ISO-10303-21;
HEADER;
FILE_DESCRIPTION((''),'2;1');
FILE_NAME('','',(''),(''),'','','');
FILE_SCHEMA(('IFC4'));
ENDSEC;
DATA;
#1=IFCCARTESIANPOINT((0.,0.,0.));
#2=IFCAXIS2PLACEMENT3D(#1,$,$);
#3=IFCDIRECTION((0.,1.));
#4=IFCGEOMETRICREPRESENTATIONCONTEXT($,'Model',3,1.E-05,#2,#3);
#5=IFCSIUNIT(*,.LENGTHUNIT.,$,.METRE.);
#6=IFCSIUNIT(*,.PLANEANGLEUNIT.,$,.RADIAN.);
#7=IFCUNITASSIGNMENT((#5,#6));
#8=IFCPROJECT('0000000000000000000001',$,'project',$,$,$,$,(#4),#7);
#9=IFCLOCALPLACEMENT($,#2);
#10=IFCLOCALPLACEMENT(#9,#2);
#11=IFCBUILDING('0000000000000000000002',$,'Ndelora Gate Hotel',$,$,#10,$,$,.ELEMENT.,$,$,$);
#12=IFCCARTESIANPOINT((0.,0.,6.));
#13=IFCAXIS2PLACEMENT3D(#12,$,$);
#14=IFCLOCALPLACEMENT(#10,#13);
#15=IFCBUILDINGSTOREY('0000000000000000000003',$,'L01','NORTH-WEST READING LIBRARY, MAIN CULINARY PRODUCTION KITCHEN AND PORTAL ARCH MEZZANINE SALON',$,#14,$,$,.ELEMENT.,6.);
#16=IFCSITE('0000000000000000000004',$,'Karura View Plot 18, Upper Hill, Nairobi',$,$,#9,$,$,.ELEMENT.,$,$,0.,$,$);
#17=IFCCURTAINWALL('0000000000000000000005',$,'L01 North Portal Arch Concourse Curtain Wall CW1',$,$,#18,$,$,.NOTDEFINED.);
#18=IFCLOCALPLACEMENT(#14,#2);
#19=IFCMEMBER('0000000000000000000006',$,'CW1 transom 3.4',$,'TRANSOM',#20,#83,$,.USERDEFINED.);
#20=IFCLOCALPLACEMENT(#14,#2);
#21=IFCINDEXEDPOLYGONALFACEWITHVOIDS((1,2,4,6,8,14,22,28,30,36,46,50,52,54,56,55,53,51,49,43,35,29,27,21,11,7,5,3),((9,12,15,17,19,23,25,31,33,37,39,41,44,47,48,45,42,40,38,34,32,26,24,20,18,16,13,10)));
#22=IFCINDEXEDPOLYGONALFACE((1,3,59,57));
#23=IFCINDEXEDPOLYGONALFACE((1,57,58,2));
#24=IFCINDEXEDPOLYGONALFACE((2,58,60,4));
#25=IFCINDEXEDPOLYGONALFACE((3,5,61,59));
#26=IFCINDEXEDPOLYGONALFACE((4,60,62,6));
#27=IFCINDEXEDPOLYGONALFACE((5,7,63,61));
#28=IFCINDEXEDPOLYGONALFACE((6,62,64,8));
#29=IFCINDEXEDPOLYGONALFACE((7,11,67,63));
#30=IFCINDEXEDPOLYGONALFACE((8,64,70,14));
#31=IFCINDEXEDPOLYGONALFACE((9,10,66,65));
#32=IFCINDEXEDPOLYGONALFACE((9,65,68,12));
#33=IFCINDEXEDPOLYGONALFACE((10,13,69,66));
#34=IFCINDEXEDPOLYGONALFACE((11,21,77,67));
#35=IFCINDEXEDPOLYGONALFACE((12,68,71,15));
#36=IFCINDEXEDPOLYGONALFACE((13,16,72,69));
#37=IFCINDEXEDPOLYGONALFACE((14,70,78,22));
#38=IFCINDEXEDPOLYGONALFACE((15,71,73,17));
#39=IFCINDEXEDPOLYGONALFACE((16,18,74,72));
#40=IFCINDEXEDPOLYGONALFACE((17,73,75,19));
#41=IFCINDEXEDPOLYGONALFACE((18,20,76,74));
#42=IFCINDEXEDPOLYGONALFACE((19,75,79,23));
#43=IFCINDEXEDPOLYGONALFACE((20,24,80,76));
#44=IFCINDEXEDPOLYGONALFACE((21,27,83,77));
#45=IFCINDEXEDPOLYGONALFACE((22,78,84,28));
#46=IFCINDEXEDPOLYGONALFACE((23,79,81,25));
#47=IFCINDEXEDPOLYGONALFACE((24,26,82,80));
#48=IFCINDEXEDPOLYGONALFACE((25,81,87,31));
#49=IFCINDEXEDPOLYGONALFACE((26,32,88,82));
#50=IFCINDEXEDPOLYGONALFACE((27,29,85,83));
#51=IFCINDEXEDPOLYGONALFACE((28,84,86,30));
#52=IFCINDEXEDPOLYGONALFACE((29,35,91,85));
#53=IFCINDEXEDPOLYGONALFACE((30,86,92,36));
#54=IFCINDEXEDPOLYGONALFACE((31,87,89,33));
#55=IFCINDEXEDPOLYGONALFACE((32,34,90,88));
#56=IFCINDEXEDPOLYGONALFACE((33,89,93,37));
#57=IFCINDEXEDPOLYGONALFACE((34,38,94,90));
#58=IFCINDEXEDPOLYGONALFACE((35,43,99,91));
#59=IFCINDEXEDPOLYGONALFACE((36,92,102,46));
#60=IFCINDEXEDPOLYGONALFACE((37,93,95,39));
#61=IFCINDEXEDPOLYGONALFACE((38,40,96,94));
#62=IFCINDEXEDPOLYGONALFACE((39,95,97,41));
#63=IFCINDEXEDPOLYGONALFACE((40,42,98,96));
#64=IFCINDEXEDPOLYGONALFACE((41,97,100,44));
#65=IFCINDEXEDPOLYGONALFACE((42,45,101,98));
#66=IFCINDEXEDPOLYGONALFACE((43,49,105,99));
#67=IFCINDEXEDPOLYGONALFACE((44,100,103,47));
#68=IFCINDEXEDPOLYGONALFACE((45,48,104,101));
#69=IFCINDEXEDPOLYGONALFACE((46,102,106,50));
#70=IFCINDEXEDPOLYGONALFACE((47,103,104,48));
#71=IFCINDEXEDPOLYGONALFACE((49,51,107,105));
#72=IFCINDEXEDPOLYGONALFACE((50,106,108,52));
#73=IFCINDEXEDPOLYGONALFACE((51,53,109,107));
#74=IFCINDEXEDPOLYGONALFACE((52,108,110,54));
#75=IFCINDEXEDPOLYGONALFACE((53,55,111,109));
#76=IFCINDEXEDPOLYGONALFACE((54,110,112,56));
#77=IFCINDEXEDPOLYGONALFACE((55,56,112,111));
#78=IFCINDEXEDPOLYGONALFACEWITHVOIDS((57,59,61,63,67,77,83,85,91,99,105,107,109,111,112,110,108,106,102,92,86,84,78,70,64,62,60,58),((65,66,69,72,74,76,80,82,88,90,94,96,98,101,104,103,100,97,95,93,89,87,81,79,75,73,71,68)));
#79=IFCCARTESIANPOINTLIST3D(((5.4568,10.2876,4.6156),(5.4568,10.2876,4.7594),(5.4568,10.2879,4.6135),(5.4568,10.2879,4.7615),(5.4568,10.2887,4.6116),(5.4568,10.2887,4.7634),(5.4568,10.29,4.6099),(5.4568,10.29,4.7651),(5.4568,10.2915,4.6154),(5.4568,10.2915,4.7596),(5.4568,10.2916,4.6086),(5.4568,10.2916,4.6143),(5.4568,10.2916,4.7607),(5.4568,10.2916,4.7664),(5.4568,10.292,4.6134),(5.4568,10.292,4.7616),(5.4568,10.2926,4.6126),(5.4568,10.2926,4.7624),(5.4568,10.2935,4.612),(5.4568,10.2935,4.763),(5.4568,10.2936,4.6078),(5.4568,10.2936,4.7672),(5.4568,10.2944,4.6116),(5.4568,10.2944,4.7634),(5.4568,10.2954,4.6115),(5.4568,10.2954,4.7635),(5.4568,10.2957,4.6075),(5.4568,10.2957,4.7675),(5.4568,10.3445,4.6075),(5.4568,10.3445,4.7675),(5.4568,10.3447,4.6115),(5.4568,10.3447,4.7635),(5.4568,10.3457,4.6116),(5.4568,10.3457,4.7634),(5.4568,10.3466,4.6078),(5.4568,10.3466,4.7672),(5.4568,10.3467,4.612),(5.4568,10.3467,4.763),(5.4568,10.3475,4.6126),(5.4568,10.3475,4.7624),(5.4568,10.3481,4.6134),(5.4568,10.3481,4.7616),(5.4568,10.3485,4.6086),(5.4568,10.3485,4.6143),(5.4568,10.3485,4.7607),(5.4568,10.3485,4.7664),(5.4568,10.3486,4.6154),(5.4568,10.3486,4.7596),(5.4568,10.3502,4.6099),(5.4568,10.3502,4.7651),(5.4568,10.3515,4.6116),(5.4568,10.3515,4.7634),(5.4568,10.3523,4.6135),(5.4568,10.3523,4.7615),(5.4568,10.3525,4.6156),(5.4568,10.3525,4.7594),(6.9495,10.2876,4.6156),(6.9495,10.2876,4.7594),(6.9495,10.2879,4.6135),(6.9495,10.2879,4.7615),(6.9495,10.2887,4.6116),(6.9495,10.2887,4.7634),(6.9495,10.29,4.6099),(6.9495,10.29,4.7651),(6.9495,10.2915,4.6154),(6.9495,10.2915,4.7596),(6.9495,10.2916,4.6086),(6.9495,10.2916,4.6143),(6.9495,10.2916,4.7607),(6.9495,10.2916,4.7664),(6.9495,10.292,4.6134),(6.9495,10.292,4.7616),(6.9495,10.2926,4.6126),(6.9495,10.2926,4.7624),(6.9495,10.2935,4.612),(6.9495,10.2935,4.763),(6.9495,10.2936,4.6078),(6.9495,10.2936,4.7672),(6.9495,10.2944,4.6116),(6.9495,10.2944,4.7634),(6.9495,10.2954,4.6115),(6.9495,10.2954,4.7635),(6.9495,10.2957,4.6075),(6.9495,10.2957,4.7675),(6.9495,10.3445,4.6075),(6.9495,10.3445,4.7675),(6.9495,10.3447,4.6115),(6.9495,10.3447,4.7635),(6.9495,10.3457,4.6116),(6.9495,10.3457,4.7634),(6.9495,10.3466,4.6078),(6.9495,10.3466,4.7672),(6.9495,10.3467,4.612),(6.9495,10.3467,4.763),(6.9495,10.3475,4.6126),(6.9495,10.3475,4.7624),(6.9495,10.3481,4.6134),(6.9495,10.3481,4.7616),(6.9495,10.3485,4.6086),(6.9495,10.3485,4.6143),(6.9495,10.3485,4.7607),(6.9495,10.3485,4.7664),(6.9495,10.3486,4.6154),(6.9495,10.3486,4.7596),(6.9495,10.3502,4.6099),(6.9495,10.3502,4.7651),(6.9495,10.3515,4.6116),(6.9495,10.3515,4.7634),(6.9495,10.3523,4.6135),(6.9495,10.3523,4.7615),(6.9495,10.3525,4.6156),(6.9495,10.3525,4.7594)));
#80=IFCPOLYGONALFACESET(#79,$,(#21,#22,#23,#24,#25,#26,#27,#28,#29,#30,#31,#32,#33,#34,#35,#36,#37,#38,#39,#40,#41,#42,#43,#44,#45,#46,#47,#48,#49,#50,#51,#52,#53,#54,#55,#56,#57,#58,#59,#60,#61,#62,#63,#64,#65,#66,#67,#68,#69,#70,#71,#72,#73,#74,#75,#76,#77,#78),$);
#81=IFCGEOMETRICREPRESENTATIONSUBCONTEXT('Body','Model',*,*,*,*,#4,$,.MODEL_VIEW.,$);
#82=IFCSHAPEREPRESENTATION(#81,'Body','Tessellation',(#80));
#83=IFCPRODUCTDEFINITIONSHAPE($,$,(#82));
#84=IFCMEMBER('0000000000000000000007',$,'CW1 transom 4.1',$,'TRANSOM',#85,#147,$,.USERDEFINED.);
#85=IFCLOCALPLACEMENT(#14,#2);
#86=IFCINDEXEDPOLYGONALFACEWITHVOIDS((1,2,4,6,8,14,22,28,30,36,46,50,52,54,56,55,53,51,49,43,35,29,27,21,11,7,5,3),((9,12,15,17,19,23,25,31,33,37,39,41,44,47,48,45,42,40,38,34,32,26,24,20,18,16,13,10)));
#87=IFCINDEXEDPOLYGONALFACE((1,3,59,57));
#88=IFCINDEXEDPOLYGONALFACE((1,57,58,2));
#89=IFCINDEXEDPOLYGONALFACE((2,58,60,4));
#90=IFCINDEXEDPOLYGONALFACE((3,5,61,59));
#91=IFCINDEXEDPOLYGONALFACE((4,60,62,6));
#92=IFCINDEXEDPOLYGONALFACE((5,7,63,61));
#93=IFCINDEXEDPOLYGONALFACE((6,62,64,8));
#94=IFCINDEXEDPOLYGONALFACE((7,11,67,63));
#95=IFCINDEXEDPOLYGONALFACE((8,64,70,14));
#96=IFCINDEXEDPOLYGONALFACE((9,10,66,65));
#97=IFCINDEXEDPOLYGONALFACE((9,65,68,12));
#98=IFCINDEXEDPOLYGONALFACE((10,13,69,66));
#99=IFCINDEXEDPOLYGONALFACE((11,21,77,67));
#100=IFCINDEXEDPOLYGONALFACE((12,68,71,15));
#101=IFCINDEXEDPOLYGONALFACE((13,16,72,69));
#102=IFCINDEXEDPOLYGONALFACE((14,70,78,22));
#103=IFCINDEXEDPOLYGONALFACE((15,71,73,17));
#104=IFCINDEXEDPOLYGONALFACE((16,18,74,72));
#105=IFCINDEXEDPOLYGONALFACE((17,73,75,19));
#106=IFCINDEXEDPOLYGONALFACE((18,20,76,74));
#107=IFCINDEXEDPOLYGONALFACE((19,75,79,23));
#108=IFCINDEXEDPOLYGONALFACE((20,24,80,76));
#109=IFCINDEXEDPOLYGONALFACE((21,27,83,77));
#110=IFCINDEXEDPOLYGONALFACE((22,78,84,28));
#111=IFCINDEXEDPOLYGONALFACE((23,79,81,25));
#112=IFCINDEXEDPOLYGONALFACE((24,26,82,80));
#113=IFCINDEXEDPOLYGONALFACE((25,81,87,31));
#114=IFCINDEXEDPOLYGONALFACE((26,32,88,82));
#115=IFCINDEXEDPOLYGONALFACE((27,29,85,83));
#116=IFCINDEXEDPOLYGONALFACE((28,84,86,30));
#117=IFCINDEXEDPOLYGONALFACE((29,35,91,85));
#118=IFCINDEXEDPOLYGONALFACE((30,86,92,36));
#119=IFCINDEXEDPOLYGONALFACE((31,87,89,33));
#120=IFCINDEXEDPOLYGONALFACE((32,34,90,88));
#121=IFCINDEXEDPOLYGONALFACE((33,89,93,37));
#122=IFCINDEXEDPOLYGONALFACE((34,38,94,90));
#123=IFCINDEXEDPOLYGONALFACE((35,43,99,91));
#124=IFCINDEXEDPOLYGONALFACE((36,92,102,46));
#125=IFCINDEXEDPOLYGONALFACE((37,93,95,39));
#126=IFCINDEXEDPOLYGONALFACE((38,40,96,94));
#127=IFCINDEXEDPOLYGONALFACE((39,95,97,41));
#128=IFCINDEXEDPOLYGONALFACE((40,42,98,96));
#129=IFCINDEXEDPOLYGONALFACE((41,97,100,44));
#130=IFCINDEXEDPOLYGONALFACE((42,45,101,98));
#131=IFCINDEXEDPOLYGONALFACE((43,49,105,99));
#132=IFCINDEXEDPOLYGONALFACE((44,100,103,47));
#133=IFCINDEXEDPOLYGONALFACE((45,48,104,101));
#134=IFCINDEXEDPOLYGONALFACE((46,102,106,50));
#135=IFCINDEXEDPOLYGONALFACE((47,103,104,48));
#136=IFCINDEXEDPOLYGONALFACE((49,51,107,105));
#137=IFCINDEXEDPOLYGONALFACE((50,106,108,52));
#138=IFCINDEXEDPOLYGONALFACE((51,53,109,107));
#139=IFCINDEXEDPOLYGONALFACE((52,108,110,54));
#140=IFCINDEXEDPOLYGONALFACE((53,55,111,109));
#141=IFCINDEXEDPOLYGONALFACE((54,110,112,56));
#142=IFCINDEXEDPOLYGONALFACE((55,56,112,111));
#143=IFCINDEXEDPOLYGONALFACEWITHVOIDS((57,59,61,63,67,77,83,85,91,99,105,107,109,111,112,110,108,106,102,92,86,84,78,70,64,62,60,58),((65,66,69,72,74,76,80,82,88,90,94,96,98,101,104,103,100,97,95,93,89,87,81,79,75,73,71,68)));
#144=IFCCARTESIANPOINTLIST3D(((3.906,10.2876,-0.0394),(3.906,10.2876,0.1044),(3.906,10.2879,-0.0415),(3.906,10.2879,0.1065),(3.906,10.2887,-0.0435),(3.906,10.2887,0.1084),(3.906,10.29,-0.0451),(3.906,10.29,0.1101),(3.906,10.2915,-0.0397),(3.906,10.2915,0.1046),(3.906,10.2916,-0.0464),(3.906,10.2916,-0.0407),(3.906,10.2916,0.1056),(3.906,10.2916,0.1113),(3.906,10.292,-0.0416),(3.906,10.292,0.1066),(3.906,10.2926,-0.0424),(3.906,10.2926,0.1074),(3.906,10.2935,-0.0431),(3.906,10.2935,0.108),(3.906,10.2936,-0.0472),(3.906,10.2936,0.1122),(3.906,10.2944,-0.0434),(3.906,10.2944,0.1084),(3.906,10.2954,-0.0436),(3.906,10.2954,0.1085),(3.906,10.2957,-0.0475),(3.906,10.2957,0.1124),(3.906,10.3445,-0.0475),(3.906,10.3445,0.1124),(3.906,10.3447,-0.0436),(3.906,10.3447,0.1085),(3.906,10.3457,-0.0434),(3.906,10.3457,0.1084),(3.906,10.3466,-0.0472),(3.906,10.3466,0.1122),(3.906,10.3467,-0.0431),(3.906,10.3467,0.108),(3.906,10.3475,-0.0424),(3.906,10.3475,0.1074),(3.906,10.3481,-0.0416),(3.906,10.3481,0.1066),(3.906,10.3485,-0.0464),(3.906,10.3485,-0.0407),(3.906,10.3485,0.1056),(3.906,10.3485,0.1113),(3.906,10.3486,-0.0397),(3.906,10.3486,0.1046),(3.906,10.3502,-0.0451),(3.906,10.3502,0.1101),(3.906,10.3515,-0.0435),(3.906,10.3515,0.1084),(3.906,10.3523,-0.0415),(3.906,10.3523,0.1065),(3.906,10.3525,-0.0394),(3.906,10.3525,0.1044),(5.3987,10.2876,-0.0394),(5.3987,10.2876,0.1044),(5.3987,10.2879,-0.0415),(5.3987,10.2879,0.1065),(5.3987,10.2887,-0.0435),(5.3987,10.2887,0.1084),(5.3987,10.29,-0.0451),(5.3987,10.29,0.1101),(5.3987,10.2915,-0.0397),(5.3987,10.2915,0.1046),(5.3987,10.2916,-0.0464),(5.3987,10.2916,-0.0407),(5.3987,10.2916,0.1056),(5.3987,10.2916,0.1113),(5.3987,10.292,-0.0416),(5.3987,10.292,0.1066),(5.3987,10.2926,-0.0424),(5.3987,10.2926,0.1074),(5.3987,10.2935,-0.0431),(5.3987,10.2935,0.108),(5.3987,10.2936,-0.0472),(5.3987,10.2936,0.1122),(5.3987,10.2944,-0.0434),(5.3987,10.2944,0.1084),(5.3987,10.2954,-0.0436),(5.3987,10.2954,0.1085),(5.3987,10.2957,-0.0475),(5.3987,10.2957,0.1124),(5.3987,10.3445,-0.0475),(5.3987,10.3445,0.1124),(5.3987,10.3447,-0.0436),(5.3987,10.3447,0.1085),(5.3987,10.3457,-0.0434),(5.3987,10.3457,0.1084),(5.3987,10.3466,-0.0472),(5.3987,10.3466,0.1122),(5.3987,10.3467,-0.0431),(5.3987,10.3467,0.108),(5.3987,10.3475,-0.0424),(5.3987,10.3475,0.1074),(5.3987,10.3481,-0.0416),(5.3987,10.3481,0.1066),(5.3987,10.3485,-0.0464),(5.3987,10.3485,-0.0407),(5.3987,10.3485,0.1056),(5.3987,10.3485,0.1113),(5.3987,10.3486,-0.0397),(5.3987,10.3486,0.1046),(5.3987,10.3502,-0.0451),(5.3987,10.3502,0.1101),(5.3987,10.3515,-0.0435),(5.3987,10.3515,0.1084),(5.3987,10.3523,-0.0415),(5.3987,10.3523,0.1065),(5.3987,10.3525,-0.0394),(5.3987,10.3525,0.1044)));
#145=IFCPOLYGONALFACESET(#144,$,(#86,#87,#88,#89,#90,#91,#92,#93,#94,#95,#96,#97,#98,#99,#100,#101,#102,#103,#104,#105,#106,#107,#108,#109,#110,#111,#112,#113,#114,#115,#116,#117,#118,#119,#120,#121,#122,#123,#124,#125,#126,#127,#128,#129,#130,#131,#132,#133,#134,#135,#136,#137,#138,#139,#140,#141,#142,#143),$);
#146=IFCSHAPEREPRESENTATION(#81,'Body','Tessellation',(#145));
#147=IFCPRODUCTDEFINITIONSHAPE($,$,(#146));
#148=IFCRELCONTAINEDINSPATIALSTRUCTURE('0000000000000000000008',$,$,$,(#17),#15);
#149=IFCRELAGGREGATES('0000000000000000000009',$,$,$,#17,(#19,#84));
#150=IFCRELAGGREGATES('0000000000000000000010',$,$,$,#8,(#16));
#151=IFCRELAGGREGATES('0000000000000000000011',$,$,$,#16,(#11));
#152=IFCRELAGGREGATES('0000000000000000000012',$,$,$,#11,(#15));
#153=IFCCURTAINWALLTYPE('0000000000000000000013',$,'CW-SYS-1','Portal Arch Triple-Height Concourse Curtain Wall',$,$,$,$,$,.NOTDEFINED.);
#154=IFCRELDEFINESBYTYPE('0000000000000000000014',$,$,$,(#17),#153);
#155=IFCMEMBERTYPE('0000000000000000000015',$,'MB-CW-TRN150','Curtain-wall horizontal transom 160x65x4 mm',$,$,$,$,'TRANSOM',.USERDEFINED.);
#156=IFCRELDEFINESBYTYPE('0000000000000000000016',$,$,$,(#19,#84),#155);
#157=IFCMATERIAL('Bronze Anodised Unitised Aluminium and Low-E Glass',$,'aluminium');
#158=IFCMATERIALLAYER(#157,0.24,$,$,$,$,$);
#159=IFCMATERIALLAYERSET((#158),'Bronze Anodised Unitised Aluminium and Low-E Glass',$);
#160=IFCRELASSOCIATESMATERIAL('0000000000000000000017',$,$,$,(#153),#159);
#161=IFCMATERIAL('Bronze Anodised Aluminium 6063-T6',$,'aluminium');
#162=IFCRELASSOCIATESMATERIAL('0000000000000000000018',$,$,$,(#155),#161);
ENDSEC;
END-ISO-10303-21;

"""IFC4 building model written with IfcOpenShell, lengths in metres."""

from ifc_helpers import new_model, si_unit, direction, frame, origin, origin_2d, place, context, subcontext, project, spatial, hollow_rectangle, extrude, material, layer, layer_set, material_profile, profile_set, type_object, element, aggregate, save


model = new_model("IFC4")

# Units and contexts
model_context = context("Model", 3, precision=1e-05, world=origin(), true_north=direction((0.0, 1.0)))
body_context = subcontext(model_context, "Body", "Model", "MODEL_VIEW")
ifc_project = project(units=[si_unit("LENGTHUNIT", "METRE"), si_unit("PLANEANGLEUNIT", "RADIAN")], contexts=[model_context])

# Site, building, storey
site_placement = place(None, origin())
site = spatial("IfcSite", under=ifc_project, at=site_placement, Name="Karura View Plot 18, Upper Hill, Nairobi", CompositionType="ELEMENT", RefElevation=0.0)
building_placement = place(site_placement, origin())
building = spatial("IfcBuilding", under=site, at=building_placement, Name="Ndelora Gate Hotel", CompositionType="ELEMENT")
storey_placement = place(building_placement, frame((0.0, 0.0, 6.0)))
storey = spatial("IfcBuildingStorey", under=building, at=storey_placement, Name="L01", Description="NORTH-WEST READING LIBRARY, MAIN CULINARY PRODUCTION KITCHEN AND PORTAL ARCH MEZZANINE SALON", CompositionType="ELEMENT", Elevation=6.0)

# Curtain wall, members
ifc_material_1 = material(Name="Bronze Anodised Unitised Aluminium and Low-E Glass", Category="aluminium")
ifc_layer_1 = layer(ifc_material_1, 0.24)
ifc_layer_set_1 = layer_set([ifc_layer_1], Name="Bronze Anodised Unitised Aluminium and Low-E Glass")
curtain_wall_type = type_object("IfcCurtainWallType", Name="CW-SYS-1", Description="Portal Arch Triple-Height Concourse Curtain Wall", PredefinedType="NOTDEFINED", material=ifc_layer_set_1)
curtain_wall_placement = place(storey_placement, origin())
curtain_wall = element("IfcCurtainWall", 1, at=curtain_wall_placement, inside=storey, type_object=curtain_wall_type, Name="L01 North Portal Arch Concourse Curtain Wall CW1", PredefinedType="NOTDEFINED")
ifc_material_2 = material(Name="Bronze Anodised Aluminium 6063-T6", Category="aluminium")
ifc_material_profile_1 = material_profile(ifc_material_2, hollow_rectangle(XDim=0.0649, YDim=0.1599, WallThickness=0.0039, InnerFilletRadius=0.0039, OuterFilletRadius=0.0081, at=origin_2d()), Name="ALU 160x65x4")
ifc_profile_set_1 = profile_set([ifc_material_profile_1], Name="Bronze Anodised Aluminium 6063-T6")
member_type_1 = type_object("IfcMemberType", Name="MB-CW-TRN150", Description="Curtain-wall horizontal transom 160x65x4 mm", ElementType="TRANSOM", PredefinedType="USERDEFINED", material=ifc_profile_set_1)
member_1_placement = place(storey_placement, frame((6.9495, 10.3201, 4.6875), z_axis=(-1.0, 0.0, 0.0), x_axis=(0.0, -1.0, 0.0)))
member_1 = element("IfcMember", 2, at=member_1_placement, type_object=member_type_1, Name="CW1 transom 3.4", ObjectType="TRANSOM", PredefinedType="USERDEFINED", context=body_context, shape_type="SweptSolid", body=[
    extrude(hollow_rectangle(XDim=0.0649, YDim=0.1599, WallThickness=0.0039, InnerFilletRadius=0.0039, OuterFilletRadius=0.0081, at=origin_2d()), origin(), (0.0, 0.0, 1.0), 1.4927),
])
member_2_placement = place(storey_placement, frame((5.3987, 10.3201, 0.0325), z_axis=(-1.0, 0.0, 0.0), x_axis=(0.0, -1.0, 0.0)))
member_2 = element("IfcMember", 3, at=member_2_placement, type_object=member_type_1, Name="CW1 transom 4.1", ObjectType="TRANSOM", PredefinedType="USERDEFINED", context=body_context, shape_type="SweptSolid", body=[
    extrude(hollow_rectangle(XDim=0.0649, YDim=0.1599, WallThickness=0.0039, InnerFilletRadius=0.0039, OuterFilletRadius=0.0081, at=origin_2d()), origin(), (0.0, 0.0, 1.0), 1.4927),
])
aggregate(curtain_wall, [member_1, member_2])

save(model, "model.ifc")
